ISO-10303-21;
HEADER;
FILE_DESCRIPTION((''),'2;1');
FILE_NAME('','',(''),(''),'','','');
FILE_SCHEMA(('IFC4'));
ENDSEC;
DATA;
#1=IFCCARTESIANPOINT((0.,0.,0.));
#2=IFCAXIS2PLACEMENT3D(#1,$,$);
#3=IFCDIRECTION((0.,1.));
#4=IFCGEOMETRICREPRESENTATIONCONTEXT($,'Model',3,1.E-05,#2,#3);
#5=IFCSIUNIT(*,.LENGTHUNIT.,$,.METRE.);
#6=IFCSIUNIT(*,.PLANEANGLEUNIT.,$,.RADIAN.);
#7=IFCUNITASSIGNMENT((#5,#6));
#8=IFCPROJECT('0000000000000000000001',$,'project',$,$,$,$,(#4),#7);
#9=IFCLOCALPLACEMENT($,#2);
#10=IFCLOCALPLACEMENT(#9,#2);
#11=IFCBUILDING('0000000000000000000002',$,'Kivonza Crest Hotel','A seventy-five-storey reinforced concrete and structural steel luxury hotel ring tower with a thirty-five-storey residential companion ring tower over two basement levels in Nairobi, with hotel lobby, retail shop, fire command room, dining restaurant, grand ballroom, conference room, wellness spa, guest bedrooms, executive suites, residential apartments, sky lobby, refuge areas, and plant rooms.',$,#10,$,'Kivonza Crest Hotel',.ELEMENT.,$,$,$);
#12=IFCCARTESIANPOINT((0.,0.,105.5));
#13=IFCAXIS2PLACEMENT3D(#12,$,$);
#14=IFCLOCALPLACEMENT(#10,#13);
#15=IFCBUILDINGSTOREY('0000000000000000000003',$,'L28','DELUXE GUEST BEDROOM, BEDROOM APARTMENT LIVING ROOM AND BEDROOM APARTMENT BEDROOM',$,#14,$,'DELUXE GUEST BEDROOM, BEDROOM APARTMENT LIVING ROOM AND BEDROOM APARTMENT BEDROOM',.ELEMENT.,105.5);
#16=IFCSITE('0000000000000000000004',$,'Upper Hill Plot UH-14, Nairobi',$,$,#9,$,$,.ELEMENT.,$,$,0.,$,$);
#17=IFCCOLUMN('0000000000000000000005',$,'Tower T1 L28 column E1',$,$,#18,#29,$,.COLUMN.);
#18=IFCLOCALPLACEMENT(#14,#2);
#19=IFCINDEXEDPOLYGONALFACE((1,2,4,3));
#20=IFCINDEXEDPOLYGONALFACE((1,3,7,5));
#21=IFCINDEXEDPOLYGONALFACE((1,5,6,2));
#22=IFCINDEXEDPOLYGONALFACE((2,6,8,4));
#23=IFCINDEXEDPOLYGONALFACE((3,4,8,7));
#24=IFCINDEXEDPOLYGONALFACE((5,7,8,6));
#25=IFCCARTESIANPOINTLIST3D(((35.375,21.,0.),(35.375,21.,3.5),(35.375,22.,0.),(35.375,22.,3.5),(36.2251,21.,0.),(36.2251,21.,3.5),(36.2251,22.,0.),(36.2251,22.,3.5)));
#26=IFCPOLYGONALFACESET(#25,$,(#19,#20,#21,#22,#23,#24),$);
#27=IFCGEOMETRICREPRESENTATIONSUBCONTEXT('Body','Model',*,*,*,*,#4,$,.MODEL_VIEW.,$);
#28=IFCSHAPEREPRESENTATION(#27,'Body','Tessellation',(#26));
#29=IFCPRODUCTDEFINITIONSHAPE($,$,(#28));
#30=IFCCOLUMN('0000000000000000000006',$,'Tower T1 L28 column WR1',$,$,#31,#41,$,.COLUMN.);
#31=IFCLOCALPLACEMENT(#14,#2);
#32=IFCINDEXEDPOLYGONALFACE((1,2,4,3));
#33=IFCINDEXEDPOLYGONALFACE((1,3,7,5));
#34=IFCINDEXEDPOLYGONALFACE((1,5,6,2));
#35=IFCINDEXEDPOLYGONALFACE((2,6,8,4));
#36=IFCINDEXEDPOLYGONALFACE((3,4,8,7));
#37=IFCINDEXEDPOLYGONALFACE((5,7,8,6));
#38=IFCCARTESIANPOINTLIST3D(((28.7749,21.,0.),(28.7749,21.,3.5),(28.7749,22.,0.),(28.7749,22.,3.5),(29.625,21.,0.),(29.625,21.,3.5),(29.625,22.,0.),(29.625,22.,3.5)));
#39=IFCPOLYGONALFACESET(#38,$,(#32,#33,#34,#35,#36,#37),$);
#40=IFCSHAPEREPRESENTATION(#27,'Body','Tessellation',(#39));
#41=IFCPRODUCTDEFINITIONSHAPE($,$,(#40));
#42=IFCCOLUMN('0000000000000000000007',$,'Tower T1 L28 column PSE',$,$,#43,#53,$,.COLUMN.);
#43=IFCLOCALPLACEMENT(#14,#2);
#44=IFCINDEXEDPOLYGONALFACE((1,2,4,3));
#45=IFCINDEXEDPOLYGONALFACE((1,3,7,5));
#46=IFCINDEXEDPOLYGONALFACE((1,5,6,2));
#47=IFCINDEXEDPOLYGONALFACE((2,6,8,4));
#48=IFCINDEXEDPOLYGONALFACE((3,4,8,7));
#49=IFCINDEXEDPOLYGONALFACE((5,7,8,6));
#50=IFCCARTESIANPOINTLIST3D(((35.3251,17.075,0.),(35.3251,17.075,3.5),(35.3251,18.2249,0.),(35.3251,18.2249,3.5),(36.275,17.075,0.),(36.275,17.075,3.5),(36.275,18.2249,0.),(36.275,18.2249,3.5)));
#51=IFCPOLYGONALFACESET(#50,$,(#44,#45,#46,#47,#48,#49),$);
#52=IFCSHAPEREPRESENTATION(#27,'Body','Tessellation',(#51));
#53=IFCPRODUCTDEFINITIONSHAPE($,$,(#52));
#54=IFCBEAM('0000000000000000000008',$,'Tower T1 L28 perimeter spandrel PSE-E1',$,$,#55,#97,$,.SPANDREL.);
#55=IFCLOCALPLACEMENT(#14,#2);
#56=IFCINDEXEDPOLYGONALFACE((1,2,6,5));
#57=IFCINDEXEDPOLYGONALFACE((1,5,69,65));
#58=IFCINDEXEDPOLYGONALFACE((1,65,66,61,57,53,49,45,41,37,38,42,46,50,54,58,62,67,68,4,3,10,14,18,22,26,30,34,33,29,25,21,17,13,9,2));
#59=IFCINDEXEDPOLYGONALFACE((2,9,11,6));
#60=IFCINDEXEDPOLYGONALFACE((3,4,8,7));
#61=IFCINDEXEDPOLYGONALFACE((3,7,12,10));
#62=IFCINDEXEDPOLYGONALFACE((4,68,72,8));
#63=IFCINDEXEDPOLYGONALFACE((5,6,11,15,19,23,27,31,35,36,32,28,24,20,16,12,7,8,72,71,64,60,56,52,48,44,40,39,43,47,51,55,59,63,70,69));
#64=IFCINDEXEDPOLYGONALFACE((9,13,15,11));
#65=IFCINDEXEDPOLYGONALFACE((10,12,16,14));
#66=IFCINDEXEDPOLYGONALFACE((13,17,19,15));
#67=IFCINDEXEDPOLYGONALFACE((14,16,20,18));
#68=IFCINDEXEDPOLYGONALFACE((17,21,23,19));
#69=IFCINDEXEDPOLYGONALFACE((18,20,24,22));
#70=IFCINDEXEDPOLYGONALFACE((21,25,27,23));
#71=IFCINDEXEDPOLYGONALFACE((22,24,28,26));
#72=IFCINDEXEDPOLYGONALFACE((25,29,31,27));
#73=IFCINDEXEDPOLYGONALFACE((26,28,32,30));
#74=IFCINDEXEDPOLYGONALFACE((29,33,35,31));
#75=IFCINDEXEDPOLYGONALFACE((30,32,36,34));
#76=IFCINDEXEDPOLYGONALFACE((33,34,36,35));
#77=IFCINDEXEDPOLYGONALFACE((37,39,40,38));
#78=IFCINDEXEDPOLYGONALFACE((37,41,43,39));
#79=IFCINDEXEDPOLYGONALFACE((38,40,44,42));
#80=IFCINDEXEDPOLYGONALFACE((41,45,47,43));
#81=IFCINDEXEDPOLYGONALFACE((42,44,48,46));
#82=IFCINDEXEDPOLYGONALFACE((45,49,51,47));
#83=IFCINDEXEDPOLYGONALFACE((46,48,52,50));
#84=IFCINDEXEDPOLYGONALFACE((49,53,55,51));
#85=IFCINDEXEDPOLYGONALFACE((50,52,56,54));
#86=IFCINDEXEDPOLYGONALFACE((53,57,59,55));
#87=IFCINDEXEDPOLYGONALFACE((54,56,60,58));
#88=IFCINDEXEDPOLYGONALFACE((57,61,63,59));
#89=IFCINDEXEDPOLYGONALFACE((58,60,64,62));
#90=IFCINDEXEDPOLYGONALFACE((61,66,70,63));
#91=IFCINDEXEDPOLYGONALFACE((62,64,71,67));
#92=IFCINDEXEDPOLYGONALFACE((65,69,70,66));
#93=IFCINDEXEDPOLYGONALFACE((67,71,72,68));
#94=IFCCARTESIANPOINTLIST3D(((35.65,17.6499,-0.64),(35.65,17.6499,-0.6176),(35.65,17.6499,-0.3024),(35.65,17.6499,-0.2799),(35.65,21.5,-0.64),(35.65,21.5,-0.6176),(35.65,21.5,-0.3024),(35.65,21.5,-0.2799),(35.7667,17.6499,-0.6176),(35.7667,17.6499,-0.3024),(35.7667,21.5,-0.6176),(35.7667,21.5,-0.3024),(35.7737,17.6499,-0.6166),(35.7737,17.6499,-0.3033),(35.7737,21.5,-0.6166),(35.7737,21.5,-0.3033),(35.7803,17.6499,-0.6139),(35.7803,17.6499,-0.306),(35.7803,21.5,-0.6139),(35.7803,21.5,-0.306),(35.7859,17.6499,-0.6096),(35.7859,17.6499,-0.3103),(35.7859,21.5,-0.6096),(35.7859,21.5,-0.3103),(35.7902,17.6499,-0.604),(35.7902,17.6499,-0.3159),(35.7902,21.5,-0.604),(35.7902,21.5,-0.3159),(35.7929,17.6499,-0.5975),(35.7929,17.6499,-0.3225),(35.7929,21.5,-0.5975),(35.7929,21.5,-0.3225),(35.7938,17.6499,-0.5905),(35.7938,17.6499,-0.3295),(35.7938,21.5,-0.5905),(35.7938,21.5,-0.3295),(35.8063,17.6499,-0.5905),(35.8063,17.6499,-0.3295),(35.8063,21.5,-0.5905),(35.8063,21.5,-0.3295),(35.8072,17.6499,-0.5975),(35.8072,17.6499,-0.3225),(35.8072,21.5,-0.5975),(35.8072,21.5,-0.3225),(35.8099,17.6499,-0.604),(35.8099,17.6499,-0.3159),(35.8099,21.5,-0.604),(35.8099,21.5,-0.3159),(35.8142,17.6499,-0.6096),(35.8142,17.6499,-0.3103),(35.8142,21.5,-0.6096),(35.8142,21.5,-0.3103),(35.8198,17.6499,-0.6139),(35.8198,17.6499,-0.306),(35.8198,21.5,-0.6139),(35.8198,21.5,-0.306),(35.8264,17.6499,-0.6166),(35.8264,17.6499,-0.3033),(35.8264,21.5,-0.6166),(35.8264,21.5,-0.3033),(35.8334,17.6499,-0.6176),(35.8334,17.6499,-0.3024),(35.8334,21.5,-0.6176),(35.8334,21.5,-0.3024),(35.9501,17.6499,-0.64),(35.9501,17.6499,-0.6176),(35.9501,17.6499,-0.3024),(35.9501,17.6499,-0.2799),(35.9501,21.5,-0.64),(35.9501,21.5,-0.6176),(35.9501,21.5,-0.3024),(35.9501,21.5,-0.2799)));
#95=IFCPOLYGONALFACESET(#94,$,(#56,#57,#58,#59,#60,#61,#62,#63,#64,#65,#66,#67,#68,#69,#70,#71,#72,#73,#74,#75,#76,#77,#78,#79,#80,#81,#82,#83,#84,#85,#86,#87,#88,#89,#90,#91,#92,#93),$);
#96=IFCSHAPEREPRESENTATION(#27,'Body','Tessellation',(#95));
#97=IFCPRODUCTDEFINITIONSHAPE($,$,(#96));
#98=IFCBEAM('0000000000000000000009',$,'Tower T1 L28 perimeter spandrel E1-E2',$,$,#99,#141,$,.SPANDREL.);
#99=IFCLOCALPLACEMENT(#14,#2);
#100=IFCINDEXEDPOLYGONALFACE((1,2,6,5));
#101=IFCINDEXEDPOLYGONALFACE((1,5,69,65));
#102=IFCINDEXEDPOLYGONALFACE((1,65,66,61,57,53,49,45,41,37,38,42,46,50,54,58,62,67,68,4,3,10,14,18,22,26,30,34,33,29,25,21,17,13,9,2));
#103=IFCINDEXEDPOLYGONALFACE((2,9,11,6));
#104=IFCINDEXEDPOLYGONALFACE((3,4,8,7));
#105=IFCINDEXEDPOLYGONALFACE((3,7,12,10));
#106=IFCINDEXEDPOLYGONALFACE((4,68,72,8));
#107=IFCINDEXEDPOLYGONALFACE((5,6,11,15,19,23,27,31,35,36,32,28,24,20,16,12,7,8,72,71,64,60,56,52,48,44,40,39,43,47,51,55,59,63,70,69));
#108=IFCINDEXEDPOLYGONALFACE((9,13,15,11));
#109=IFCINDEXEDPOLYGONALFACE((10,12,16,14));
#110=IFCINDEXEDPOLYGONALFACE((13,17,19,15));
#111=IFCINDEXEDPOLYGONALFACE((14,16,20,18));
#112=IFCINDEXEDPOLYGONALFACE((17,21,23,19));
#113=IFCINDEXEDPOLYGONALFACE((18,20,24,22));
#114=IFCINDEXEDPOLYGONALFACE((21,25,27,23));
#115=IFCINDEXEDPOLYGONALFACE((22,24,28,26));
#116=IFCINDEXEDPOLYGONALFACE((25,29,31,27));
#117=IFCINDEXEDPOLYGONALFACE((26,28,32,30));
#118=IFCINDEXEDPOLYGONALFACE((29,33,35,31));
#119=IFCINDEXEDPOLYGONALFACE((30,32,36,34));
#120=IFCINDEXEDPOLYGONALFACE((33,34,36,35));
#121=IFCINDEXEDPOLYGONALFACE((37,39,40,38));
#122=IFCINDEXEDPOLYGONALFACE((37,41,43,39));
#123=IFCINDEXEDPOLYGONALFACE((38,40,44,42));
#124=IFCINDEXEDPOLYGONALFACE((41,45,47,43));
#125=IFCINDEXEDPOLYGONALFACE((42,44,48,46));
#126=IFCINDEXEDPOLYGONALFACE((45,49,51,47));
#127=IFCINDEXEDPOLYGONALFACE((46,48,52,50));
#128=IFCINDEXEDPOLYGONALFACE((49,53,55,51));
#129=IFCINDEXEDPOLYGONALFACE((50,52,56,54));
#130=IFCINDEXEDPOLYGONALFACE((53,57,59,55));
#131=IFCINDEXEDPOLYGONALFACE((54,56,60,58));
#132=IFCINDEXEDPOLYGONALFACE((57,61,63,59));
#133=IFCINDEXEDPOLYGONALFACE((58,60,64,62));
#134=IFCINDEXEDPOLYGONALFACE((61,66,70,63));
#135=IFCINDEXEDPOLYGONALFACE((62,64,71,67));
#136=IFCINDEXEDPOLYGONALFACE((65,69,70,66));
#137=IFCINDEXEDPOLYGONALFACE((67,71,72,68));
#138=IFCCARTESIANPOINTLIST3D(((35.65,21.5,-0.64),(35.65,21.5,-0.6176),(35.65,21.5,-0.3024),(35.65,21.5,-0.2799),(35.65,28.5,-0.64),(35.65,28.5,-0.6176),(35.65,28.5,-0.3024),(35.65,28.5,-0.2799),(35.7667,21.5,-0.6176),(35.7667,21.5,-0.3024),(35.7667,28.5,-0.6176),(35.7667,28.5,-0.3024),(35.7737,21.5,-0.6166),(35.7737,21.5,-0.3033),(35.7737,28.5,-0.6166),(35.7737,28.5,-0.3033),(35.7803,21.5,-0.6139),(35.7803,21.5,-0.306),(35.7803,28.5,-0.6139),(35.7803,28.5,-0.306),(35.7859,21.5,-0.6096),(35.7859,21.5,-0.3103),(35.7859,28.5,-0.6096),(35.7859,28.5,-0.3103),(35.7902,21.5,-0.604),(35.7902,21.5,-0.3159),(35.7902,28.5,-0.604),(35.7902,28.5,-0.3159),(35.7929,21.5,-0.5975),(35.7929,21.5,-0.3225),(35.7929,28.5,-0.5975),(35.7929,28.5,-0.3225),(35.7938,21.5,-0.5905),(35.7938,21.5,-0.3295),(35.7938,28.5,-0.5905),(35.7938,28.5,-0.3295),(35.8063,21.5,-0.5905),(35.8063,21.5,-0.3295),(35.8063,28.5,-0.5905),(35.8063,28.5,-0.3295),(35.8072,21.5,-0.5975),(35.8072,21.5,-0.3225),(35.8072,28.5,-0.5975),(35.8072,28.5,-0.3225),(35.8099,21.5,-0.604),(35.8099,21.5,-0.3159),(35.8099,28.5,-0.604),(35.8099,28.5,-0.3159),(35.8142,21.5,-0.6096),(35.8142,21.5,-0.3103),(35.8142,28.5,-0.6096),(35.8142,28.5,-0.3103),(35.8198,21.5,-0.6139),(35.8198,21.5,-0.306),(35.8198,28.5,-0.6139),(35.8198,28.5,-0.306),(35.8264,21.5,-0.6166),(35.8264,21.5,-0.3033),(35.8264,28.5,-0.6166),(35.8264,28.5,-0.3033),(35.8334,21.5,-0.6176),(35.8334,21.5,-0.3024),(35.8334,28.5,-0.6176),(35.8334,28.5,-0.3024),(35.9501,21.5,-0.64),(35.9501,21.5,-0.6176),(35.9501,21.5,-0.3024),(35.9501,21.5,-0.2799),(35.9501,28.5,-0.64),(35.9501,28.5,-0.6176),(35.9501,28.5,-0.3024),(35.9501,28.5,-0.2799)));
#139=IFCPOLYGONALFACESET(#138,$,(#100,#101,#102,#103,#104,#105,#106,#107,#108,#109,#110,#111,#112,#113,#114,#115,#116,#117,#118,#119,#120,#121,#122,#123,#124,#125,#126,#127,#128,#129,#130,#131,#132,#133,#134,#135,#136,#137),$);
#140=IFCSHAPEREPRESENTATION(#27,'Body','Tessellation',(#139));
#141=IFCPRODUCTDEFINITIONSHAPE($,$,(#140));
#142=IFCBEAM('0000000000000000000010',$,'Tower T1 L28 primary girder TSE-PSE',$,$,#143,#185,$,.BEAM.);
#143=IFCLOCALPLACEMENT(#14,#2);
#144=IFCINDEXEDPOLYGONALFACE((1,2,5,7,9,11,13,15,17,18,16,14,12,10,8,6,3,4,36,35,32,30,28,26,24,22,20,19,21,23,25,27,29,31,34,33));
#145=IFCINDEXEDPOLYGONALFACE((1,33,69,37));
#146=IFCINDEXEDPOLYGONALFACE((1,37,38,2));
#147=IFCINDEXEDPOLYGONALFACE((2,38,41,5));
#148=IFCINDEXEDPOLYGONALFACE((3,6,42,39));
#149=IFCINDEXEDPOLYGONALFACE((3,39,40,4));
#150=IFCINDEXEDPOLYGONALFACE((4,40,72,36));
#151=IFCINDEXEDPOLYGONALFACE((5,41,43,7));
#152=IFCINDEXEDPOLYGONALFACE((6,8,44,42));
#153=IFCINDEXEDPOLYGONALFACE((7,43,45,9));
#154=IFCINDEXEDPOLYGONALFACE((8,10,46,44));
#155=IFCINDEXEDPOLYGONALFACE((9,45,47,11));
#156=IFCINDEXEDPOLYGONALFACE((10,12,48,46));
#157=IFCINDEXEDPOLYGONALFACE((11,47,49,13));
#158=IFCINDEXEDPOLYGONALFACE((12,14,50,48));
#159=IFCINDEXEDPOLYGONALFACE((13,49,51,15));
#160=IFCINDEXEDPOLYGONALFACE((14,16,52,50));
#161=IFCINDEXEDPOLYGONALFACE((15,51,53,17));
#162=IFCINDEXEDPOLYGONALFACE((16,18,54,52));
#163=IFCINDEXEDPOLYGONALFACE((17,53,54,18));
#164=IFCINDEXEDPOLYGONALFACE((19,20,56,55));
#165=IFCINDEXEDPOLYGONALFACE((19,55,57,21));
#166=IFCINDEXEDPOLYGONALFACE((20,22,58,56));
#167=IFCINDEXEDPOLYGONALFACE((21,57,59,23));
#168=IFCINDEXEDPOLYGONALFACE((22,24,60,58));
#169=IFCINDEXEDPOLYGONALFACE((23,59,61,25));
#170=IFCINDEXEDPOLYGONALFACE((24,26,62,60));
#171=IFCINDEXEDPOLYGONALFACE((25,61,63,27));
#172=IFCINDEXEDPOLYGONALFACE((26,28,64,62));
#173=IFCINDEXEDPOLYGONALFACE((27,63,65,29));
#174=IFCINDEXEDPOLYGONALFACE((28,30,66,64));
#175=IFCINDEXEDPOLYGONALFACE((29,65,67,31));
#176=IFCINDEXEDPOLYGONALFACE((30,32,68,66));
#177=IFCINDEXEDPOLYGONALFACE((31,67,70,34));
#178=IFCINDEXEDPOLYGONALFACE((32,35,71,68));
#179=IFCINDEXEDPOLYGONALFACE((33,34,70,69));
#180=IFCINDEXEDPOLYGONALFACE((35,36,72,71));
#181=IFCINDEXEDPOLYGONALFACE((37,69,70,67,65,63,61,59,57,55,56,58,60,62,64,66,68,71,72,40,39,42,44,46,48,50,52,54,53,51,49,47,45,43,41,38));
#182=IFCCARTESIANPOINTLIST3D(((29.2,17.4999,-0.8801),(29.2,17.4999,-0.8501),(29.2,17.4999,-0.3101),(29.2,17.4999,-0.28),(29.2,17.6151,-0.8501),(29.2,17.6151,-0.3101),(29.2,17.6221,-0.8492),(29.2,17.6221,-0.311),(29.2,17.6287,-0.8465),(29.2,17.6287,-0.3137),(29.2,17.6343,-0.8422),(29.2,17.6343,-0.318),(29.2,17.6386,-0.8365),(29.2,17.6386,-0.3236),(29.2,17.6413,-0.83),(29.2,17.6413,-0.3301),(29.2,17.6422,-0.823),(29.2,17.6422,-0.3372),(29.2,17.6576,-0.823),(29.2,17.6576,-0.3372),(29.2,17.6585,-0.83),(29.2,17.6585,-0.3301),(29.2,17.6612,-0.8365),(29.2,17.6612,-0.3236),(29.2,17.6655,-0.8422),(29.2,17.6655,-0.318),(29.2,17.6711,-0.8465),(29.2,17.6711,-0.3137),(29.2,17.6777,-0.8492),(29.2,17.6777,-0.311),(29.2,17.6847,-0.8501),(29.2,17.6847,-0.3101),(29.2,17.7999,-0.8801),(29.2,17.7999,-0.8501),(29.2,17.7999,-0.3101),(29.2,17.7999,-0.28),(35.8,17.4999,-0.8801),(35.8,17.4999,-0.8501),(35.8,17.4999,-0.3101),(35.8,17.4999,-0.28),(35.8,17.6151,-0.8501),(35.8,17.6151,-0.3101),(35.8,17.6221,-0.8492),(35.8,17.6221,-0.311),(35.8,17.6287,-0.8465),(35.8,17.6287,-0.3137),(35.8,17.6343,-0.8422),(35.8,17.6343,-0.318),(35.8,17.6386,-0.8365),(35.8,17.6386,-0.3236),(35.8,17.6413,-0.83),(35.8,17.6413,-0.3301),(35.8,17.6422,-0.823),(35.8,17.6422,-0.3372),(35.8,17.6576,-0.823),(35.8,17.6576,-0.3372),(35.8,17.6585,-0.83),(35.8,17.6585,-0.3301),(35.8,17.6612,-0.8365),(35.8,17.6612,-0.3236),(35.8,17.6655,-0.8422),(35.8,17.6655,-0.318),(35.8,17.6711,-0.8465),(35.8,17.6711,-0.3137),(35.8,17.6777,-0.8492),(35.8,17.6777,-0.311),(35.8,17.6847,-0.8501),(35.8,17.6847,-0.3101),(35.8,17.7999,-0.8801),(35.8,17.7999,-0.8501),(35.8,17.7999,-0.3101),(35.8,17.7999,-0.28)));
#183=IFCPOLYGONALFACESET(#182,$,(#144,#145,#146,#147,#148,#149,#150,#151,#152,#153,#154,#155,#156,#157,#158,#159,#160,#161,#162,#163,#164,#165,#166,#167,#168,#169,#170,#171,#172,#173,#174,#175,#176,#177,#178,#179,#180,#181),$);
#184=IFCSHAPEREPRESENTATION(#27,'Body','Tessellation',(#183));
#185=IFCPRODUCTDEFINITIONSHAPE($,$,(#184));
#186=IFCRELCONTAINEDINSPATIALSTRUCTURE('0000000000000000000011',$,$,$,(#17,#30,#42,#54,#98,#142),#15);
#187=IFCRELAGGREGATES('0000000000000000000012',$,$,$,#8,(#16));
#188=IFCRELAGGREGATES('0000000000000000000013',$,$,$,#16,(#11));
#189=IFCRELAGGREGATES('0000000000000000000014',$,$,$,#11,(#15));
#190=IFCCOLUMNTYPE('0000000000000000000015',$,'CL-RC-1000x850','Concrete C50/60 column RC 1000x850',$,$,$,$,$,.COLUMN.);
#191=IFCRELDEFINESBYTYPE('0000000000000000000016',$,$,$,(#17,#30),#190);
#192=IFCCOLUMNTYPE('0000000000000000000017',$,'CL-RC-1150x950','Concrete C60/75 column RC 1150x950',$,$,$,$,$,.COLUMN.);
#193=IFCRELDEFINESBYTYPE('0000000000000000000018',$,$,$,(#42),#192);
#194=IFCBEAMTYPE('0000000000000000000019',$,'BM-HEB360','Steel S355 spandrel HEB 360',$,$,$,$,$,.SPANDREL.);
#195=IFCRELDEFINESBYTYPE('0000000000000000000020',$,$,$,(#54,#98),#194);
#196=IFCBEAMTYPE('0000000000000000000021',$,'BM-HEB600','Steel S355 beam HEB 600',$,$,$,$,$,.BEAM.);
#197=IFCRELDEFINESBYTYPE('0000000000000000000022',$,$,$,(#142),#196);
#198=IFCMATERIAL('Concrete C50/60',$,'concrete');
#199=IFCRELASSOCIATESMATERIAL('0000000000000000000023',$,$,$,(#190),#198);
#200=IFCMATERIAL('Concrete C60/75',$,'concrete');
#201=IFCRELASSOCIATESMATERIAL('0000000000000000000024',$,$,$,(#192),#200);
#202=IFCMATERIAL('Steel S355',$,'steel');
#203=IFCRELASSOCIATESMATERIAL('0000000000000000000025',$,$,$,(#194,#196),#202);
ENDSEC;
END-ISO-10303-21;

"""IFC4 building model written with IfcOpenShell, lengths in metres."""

from ifc_helpers import new_model, si_unit, direction, frame, origin, origin_2d, place, context, subcontext, project, spatial, rectangle, i_section, extrude, material, material_profile, profile_set, type_object, element, save


model = new_model("IFC4")

# Units and contexts
model_context = context("Model", 3, precision=1e-05, world=origin(), true_north=direction((0.0, 1.0)))
body_context = subcontext(model_context, "Body", "Model", "MODEL_VIEW")
ifc_project = project(units=[si_unit("LENGTHUNIT", "METRE"), si_unit("PLANEANGLEUNIT", "RADIAN")], contexts=[model_context])

# Site, building, storey
site_placement = place(None, origin())
site = spatial("IfcSite", under=ifc_project, at=site_placement, Name="Upper Hill Plot UH-14, Nairobi", CompositionType="ELEMENT", RefElevation=0.0)
building_placement = place(site_placement, origin())
building = spatial("IfcBuilding", under=site, at=building_placement, Name="Kivonza Crest Hotel", Description="A seventy-five-storey reinforced concrete and structural steel luxury hotel ring tower with a thirty-five-storey residential companion ring tower over two basement levels in Nairobi, with hotel lobby, retail shop, fire command room, dining restaurant, grand ballroom, conference room, wellness spa, guest bedrooms, executive suites, residential apartments, sky lobby, refuge areas, and plant rooms.", LongName="Kivonza Crest Hotel", CompositionType="ELEMENT")
storey_placement = place(building_placement, frame((0.0, 0.0, 105.5)))
storey = spatial("IfcBuildingStorey", under=building, at=storey_placement, Name="L28", Description="DELUXE GUEST BEDROOM, BEDROOM APARTMENT LIVING ROOM AND BEDROOM APARTMENT BEDROOM", LongName="DELUXE GUEST BEDROOM, BEDROOM APARTMENT LIVING ROOM AND BEDROOM APARTMENT BEDROOM", CompositionType="ELEMENT", Elevation=105.5)

# Columns
ifc_material_1 = material(Name="Concrete C50/60", Category="concrete")
ifc_material_profile_1 = material_profile(ifc_material_1, rectangle(XDim=0.8501, YDim=1.0, at=origin_2d()), Name="RC 1000x850")
ifc_profile_set_1 = profile_set([ifc_material_profile_1], Name="Concrete C50/60")
column_type_1 = type_object("IfcColumnType", Name="CL-RC-1000x850", Description="Concrete C50/60 column RC 1000x850", PredefinedType="COLUMN", material=ifc_profile_set_1)
for number, where, z_axis, x_axis, name in (
    (1, (35.8, 21.5, 0.0), (0.0, 0.0, 1.0), (1.0, 0.0, 0.0), "Tower T1 L28 column E1"),
    (2, (29.2, 21.5, 0.0), (0.0, 0.0, 1.0), (1.0, 0.0, 0.0), "Tower T1 L28 column WR1"),
):
    element("IfcColumn", number, at=place(storey_placement, frame(where, z_axis=z_axis, x_axis=x_axis)), inside=storey, type_object=column_type_1, Name=name, PredefinedType="COLUMN", context=body_context, shape_type="SweptSolid", body=[
        extrude(rectangle(XDim=0.8501, YDim=1.0, at=origin_2d()), origin(), (0.0, 0.0, 1.0), 3.5),
    ])
ifc_material_2 = material(Name="Concrete C60/75", Category="concrete")
ifc_material_profile_2 = material_profile(ifc_material_2, rectangle(XDim=0.95, YDim=1.1499, at=origin_2d()), Name="RC 1150x950")
ifc_profile_set_2 = profile_set([ifc_material_profile_2], Name="Concrete C60/75")
column_type_2 = type_object("IfcColumnType", Name="CL-RC-1150x950", Description="Concrete C60/75 column RC 1150x950", PredefinedType="COLUMN", material=ifc_profile_set_2)
column_placement = place(storey_placement, frame((35.8, 17.6499, 0.0), z_axis=(0.0, 0.0, 1.0), x_axis=(1.0, 0.0, 0.0)))
element("IfcColumn", 3, at=column_placement, inside=storey, type_object=column_type_2, Name="Tower T1 L28 column PSE", PredefinedType="COLUMN", context=body_context, shape_type="SweptSolid", body=[
    extrude(rectangle(XDim=0.95, YDim=1.1499, at=origin_2d()), origin(), (0.0, 0.0, 1.0), 3.5),
])

# Beams
ifc_material_3 = material(Name="Steel S355", Category="steel")
ifc_material_profile_3 = material_profile(ifc_material_3, i_section(OverallWidth=0.3, OverallDepth=0.3601, WebThickness=0.0125, FlangeThickness=0.0225, FilletRadius=0.0271, at=origin_2d()), Name="HEB 360")
ifc_profile_set_3 = profile_set([ifc_material_profile_3], Name="Steel S355")
beam_type_1 = type_object("IfcBeamType", Name="BM-HEB360", Description="Steel S355 spandrel HEB 360", PredefinedType="SPANDREL", material=ifc_profile_set_3)
beam_1_placement = place(storey_placement, frame((35.8, 17.6499, -0.46), z_axis=(0.0, 1.0, 0.0), x_axis=(-1.0, 0.0, 0.0)))
element("IfcBeam", 4, at=beam_1_placement, inside=storey, type_object=beam_type_1, Name="Tower T1 L28 perimeter spandrel PSE-E1", PredefinedType="SPANDREL", context=body_context, shape_type="SweptSolid", body=[
    extrude(i_section(OverallWidth=0.3, OverallDepth=0.3601, WebThickness=0.0125, FlangeThickness=0.0225, FilletRadius=0.0271, at=origin_2d()), origin(), (0.0, 0.0, 1.0), 3.8501),
])
beam_2_placement = place(storey_placement, frame((35.8, 21.5, -0.46), z_axis=(0.0, 1.0, 0.0), x_axis=(-1.0, 0.0, 0.0)))
element("IfcBeam", 5, at=beam_2_placement, inside=storey, type_object=beam_type_1, Name="Tower T1 L28 perimeter spandrel E1-E2", PredefinedType="SPANDREL", context=body_context, shape_type="SweptSolid", body=[
    extrude(i_section(OverallWidth=0.3, OverallDepth=0.3601, WebThickness=0.0125, FlangeThickness=0.0225, FilletRadius=0.0271, at=origin_2d()), origin(), (0.0, 0.0, 1.0), 7.0),
])
ifc_material_profile_4 = material_profile(ifc_material_3, i_section(OverallWidth=0.3, OverallDepth=0.6001, WebThickness=0.0154, FlangeThickness=0.03, FilletRadius=0.0271, at=origin_2d()), Name="HEB 600")
ifc_profile_set_4 = profile_set([ifc_material_profile_4], Name="Steel S355")
beam_type_2 = type_object("IfcBeamType", Name="BM-HEB600", Description="Steel S355 beam HEB 600", PredefinedType="BEAM", material=ifc_profile_set_4)
beam_3_placement = place(storey_placement, frame((29.2, 17.6499, -0.5801), z_axis=(1.0, 0.0, 0.0), x_axis=(0.0, 1.0, 0.0)))
element("IfcBeam", 6, at=beam_3_placement, inside=storey, type_object=beam_type_2, Name="Tower T1 L28 primary girder TSE-PSE", PredefinedType="BEAM", context=body_context, shape_type="SweptSolid", body=[
    extrude(i_section(OverallWidth=0.3, OverallDepth=0.6001, WebThickness=0.0154, FlangeThickness=0.03, FilletRadius=0.0271, at=origin_2d()), origin(), (0.0, 0.0, 1.0), 6.6001),
])

save(model, "model.ifc")
